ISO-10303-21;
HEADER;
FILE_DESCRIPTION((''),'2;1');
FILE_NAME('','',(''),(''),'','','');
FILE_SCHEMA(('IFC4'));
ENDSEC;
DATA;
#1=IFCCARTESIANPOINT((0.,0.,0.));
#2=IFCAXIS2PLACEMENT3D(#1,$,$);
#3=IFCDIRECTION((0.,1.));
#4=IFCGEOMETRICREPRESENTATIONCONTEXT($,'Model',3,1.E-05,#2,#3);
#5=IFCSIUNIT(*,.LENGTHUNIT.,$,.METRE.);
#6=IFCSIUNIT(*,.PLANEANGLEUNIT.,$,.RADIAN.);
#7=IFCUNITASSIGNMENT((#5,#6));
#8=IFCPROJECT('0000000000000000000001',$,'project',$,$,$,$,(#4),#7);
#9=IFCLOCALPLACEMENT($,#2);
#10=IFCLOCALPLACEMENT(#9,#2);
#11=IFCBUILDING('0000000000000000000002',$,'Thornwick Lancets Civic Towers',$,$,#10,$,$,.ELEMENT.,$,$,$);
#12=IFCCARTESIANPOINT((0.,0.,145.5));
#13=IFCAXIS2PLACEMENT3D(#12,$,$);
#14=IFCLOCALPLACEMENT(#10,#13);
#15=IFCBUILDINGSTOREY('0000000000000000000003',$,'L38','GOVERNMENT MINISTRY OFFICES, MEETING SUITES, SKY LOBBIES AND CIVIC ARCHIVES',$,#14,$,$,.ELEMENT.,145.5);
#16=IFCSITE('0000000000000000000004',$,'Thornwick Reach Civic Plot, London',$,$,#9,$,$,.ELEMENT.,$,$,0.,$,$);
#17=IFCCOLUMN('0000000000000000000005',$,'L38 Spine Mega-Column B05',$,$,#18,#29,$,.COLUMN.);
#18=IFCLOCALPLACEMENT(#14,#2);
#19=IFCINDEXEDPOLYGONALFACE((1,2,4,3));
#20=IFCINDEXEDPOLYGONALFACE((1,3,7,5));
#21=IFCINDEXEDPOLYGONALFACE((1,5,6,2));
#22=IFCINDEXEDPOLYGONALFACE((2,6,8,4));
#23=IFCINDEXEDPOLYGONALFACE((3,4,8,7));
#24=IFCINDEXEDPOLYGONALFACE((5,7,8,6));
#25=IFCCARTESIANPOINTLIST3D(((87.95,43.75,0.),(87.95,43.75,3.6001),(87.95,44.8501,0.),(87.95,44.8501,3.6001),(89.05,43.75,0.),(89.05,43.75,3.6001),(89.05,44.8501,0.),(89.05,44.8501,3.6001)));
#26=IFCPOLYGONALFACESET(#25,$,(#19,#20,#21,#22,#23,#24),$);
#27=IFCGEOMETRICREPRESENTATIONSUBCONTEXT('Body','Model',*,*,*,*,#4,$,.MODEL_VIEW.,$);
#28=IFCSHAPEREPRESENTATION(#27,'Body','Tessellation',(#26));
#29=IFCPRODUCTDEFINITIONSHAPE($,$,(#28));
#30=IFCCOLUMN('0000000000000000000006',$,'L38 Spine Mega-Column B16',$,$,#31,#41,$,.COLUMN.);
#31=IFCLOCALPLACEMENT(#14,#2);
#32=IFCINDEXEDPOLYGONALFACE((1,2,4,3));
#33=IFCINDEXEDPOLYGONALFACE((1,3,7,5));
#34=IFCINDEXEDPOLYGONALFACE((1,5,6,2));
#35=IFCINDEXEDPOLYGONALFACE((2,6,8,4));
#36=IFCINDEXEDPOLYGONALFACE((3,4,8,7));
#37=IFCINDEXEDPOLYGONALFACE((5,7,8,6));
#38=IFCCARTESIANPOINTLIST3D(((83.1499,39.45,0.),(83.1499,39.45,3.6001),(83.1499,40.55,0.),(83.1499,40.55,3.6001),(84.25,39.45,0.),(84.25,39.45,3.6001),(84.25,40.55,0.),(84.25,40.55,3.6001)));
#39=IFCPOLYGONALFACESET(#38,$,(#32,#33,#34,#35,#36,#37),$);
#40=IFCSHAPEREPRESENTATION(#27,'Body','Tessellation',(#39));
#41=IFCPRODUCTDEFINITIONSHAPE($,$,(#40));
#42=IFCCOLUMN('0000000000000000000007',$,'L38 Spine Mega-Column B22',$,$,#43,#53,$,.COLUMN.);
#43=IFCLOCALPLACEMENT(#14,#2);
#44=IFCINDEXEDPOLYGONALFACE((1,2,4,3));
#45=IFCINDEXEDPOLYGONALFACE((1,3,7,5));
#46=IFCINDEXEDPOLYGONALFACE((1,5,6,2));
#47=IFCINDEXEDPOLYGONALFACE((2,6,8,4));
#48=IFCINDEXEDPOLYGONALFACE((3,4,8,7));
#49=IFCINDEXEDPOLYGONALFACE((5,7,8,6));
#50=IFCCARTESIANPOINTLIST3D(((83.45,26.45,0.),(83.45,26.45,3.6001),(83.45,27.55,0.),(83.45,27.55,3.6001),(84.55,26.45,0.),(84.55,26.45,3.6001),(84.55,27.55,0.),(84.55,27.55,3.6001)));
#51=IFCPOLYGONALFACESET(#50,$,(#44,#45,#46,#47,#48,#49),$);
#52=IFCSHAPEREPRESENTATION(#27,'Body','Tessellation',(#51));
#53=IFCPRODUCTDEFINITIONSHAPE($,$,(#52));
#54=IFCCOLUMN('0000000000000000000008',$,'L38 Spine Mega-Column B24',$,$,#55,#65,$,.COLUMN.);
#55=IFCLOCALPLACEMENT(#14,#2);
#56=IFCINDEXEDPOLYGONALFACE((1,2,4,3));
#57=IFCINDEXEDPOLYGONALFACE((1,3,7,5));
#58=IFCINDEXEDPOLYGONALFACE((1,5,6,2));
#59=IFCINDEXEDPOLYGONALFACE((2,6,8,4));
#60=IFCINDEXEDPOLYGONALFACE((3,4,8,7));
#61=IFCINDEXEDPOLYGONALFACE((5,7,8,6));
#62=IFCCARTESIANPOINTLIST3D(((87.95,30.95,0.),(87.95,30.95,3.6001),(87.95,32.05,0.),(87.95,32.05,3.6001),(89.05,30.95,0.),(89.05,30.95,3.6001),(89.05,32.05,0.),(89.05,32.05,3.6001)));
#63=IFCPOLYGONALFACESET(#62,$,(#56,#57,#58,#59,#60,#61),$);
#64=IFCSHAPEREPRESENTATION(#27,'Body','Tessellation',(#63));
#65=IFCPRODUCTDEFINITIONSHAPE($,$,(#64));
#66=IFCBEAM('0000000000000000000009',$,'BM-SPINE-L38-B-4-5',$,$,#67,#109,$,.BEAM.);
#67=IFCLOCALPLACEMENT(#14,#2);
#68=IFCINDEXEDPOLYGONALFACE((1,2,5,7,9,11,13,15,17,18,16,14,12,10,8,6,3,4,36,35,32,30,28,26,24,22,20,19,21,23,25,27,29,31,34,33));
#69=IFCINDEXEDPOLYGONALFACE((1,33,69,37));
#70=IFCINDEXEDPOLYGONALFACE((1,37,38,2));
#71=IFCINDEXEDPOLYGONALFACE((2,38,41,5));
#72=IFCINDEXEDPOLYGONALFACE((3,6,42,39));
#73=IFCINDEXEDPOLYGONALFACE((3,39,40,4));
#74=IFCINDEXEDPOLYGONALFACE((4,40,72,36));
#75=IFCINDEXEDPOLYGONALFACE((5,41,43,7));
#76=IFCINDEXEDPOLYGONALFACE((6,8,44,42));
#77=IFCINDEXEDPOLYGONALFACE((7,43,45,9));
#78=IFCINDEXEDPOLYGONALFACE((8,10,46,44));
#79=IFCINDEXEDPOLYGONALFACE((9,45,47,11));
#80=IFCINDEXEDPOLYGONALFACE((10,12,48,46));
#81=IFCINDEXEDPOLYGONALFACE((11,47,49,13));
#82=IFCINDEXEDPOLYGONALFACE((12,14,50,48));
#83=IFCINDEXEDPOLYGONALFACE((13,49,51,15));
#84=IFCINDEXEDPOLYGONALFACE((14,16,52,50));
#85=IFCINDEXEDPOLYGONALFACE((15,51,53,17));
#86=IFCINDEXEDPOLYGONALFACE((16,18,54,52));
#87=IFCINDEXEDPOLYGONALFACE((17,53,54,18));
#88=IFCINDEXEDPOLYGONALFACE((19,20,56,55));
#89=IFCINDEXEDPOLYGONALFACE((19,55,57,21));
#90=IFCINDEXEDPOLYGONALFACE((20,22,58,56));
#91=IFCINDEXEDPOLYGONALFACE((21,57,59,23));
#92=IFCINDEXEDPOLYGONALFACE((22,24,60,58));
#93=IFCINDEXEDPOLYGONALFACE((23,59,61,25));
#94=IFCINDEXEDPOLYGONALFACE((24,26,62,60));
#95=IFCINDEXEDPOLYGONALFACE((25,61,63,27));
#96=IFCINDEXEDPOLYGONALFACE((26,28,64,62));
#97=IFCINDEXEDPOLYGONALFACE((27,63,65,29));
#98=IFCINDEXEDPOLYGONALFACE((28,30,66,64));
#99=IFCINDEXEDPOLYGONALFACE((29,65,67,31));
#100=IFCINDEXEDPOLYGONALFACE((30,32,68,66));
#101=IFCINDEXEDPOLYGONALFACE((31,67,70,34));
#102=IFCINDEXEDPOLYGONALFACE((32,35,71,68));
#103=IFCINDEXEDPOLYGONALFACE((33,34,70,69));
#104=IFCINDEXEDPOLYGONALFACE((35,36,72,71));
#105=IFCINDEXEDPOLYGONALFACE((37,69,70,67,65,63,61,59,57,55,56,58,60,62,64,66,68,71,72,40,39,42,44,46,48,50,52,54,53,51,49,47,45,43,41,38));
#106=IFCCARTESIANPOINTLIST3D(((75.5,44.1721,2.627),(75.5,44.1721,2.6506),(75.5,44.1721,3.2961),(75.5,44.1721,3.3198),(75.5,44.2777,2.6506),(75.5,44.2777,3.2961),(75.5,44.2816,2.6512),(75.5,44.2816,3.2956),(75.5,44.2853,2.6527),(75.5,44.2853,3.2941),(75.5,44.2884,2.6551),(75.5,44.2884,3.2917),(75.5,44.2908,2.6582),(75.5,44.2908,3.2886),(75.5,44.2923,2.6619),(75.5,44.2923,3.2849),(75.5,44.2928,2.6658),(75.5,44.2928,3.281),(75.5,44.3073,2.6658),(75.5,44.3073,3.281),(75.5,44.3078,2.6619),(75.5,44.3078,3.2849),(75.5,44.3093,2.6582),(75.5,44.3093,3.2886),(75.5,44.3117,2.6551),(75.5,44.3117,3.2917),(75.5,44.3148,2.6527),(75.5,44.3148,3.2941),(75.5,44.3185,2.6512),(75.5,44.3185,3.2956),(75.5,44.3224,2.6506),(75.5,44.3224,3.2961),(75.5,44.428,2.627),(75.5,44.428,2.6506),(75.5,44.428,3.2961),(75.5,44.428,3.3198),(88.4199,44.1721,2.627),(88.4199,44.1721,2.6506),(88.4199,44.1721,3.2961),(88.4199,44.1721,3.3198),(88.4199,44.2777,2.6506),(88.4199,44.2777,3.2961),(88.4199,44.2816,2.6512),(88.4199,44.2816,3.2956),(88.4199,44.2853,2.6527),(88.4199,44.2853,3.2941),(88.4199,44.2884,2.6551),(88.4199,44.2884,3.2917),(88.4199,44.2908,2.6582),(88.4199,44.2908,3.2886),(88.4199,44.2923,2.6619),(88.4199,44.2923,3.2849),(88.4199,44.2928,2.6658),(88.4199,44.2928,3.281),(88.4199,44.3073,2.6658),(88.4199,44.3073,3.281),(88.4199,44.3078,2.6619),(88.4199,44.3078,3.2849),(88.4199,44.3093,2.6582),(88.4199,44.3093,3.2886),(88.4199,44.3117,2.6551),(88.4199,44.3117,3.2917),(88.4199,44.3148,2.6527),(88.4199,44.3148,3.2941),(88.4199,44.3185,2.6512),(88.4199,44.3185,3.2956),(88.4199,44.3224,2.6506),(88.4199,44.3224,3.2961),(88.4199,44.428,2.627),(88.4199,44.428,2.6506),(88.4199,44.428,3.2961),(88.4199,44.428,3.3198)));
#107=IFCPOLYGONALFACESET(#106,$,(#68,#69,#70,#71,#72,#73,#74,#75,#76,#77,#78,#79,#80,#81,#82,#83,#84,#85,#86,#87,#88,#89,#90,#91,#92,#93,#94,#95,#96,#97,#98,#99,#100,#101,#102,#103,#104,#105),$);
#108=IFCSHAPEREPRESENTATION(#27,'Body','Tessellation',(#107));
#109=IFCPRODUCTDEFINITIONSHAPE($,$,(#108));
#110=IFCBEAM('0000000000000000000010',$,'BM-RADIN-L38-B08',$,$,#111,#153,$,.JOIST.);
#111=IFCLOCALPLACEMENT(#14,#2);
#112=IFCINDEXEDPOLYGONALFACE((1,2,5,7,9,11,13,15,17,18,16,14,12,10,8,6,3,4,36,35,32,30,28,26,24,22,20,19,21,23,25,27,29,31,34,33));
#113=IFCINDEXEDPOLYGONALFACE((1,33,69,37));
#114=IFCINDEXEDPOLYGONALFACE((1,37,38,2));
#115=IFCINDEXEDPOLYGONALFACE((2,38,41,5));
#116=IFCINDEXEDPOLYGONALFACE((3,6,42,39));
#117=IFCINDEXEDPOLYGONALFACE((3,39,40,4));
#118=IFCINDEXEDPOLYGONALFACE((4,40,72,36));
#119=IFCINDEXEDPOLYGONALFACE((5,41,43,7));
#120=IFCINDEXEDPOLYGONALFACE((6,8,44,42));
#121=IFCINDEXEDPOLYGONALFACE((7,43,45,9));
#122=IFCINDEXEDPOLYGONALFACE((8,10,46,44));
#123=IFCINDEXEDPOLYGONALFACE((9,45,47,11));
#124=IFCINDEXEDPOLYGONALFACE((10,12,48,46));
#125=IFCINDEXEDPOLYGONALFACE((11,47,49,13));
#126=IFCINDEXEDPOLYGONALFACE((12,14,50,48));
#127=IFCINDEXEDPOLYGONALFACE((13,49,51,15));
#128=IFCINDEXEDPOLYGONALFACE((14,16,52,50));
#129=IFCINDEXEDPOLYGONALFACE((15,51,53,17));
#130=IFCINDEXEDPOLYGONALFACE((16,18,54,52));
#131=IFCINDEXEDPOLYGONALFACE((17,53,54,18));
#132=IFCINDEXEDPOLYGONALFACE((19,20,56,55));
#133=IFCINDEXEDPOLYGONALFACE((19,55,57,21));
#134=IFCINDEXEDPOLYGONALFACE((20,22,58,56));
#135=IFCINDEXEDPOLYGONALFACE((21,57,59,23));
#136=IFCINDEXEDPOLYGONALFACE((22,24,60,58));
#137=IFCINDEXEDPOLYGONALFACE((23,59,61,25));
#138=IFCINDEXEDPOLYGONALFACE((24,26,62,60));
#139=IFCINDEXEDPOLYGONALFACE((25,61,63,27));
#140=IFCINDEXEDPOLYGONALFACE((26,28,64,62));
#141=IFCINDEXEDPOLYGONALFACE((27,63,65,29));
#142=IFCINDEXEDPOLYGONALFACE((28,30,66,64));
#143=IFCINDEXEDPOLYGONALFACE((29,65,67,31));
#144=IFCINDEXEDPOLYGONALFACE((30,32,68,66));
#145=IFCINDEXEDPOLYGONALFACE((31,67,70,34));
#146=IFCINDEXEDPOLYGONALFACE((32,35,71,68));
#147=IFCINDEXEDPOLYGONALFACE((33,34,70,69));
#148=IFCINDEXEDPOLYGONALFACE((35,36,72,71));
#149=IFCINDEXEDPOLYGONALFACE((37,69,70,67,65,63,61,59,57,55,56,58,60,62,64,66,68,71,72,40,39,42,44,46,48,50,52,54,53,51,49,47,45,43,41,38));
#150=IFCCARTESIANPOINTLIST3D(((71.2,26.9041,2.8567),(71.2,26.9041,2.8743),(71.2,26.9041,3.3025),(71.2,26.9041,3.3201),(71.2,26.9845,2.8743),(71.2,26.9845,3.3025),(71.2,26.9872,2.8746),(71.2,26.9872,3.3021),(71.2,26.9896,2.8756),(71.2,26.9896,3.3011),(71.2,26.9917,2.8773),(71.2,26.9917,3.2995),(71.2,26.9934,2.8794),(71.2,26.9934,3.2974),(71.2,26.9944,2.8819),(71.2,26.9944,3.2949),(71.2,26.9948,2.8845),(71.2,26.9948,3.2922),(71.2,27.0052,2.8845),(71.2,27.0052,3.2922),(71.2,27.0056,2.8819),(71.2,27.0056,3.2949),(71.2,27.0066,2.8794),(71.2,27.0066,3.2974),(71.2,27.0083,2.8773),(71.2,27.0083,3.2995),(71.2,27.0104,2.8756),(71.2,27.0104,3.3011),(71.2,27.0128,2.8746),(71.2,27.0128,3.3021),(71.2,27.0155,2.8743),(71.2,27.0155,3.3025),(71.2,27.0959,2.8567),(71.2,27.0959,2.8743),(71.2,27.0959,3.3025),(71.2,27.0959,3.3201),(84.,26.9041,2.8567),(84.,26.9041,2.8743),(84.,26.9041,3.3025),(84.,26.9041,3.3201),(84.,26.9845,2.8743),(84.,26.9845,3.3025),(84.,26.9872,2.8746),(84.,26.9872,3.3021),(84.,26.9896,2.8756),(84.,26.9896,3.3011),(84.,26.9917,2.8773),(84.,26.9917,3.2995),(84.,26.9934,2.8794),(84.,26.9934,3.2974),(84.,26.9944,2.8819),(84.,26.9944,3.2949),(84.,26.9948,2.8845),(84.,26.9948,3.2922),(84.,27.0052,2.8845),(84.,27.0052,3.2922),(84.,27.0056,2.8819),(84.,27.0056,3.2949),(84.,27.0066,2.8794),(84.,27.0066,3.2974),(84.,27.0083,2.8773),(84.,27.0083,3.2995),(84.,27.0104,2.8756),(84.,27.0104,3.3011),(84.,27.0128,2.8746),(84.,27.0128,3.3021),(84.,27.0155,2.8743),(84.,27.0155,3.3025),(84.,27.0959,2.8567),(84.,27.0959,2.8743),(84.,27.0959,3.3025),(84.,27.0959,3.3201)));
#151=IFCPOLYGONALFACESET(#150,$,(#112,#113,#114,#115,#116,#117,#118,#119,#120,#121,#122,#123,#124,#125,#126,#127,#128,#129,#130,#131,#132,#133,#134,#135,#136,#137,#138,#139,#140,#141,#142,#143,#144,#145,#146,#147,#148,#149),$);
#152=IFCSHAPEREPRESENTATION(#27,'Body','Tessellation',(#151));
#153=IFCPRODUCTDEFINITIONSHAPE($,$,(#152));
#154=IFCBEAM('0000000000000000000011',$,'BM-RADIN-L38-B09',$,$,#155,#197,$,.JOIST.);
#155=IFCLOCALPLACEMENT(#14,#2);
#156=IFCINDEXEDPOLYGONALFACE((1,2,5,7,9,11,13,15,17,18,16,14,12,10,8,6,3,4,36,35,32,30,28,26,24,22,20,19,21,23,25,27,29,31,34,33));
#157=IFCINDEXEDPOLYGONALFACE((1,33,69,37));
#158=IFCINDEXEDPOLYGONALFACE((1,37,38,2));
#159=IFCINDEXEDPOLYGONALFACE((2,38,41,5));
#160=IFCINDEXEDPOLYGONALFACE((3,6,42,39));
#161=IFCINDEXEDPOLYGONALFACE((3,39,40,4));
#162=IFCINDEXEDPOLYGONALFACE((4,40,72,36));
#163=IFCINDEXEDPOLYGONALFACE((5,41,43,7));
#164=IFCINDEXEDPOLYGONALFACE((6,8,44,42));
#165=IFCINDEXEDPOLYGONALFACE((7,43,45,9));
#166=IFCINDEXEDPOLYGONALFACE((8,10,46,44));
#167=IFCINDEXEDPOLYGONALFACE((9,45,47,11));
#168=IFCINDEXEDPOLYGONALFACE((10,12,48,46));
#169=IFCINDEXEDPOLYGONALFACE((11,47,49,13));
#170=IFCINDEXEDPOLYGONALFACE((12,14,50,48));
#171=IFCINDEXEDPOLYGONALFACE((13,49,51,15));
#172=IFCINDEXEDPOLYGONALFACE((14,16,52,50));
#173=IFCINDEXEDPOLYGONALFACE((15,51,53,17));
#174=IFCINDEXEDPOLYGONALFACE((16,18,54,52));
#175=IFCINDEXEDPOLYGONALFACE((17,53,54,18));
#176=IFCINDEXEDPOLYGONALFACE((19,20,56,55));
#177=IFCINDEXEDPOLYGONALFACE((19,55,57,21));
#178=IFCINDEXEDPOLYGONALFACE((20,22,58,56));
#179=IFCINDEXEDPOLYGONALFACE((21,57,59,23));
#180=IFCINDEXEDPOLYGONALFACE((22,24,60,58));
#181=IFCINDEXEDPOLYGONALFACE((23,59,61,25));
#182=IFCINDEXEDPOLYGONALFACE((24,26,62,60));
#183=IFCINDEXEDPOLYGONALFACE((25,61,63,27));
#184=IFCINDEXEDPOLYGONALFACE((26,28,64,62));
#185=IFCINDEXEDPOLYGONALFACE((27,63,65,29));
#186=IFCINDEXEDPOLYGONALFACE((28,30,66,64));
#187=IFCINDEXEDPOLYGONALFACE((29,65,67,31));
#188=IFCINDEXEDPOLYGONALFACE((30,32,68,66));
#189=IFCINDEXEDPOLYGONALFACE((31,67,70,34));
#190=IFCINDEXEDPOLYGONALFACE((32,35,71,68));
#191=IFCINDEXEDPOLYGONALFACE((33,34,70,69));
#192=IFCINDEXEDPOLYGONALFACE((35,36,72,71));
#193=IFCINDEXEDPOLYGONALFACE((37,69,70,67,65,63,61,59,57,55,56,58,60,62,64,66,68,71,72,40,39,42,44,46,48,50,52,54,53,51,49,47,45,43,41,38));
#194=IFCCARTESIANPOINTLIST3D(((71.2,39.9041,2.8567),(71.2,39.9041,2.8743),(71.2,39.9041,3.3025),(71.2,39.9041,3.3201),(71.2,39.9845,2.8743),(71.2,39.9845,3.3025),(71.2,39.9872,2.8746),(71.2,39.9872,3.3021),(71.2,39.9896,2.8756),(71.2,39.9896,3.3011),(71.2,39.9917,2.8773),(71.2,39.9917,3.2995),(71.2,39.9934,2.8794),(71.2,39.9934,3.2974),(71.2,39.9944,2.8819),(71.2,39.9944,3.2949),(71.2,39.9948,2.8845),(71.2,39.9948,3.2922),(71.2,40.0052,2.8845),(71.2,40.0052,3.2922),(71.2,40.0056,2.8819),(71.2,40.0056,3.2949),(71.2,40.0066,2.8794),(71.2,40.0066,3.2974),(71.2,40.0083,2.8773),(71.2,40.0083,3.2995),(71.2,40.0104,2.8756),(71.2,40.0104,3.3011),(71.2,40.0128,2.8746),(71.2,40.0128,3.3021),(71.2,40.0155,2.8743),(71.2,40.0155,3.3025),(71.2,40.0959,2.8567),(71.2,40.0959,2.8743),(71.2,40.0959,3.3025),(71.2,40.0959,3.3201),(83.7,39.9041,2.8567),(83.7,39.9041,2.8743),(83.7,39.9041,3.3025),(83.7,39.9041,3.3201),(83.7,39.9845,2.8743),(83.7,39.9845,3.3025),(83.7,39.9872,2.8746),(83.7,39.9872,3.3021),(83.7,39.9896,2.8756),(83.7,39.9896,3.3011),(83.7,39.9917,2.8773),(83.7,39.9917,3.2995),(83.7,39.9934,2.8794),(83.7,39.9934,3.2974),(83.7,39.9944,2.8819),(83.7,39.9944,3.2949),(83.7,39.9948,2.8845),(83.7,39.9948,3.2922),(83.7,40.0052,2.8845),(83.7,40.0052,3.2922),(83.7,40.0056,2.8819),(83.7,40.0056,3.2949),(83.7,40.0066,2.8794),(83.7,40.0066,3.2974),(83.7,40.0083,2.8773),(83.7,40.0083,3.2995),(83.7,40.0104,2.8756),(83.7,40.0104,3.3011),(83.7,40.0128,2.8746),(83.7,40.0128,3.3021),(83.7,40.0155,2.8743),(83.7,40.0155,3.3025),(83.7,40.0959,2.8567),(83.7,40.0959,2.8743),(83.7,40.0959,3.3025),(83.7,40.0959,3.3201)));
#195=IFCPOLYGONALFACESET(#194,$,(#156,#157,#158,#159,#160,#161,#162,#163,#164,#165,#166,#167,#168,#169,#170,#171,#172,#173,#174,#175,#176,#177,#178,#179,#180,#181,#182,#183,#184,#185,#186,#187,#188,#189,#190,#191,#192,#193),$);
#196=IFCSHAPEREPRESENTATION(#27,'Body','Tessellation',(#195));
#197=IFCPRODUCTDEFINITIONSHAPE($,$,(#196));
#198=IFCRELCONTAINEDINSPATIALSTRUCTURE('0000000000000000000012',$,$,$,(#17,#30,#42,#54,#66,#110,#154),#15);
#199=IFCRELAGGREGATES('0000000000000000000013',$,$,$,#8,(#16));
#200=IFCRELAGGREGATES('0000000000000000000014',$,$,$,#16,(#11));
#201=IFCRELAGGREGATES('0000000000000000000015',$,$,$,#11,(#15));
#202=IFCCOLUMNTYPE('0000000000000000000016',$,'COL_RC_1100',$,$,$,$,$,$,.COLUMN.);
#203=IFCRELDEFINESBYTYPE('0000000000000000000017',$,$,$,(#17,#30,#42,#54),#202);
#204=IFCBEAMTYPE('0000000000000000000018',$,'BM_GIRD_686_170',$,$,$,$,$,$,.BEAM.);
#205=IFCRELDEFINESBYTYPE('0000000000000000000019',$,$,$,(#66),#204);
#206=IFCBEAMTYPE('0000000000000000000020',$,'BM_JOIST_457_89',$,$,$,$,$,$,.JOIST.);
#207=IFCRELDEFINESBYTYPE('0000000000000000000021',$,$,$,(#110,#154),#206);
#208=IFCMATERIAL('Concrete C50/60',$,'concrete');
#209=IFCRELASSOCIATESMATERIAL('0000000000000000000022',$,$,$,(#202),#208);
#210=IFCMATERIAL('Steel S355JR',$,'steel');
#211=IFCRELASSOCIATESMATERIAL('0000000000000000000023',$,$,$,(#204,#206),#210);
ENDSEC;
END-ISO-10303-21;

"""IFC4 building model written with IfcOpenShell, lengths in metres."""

from ifc_helpers import new_model, si_unit, direction, frame, origin, origin_2d, place, context, subcontext, project, spatial, rectangle, i_section, extrude, material, material_profile, profile_set, type_object, element, save


model = new_model("IFC4")

# Units and contexts
model_context = context("Model", 3, precision=1e-05, world=origin(), true_north=direction((0.0, 1.0)))
body_context = subcontext(model_context, "Body", "Model", "MODEL_VIEW")
ifc_project = project(units=[si_unit("LENGTHUNIT", "METRE"), si_unit("PLANEANGLEUNIT", "RADIAN")], contexts=[model_context])

# Site, building, storey
site_placement = place(None, origin())
site = spatial("IfcSite", under=ifc_project, at=site_placement, Name="Thornwick Reach Civic Plot, London", CompositionType="ELEMENT", RefElevation=0.0)
building_placement = place(site_placement, origin())
building = spatial("IfcBuilding", under=site, at=building_placement, Name="Thornwick Lancets Civic Towers", CompositionType="ELEMENT")
storey_placement = place(building_placement, frame((0.0, 0.0, 145.5)))
storey = spatial("IfcBuildingStorey", under=building, at=storey_placement, Name="L38", Description="GOVERNMENT MINISTRY OFFICES, MEETING SUITES, SKY LOBBIES AND CIVIC ARCHIVES", CompositionType="ELEMENT", Elevation=145.5)

# Columns
ifc_material_1 = material(Name="Concrete C50/60", Category="concrete")
ifc_material_profile_1 = material_profile(ifc_material_1, rectangle(XDim=1.1001, YDim=1.1001, at=origin_2d()), Name="RC 1100x1100")
ifc_profile_set_1 = profile_set([ifc_material_profile_1], Name="Concrete C50/60")
column_type = type_object("IfcColumnType", Name="COL_RC_1100", PredefinedType="COLUMN", material=ifc_profile_set_1)
for number, where, z_axis, x_axis, name in (
    (1, (88.5, 44.3, 0.0), (0.0, 0.0, 1.0), (1.0, 0.0, 0.0), "L38 Spine Mega-Column B05"),
    (2, (83.7, 40.0, 0.0), (0.0, 0.0, 1.0), (1.0, 0.0, 0.0), "L38 Spine Mega-Column B16"),
    (3, (84.0, 27.0, 0.0), (0.0, 0.0, 1.0), (1.0, 0.0, 0.0), "L38 Spine Mega-Column B22"),
    (4, (88.5, 31.5, 0.0), (0.0, 0.0, 1.0), (1.0, 0.0, 0.0), "L38 Spine Mega-Column B24"),
):
    element("IfcColumn", number, at=place(storey_placement, frame(where, z_axis=z_axis, x_axis=x_axis)), inside=storey, type_object=column_type, Name=name, PredefinedType="COLUMN", context=body_context, shape_type="SweptSolid", body=[
        extrude(rectangle(XDim=1.1001, YDim=1.1001, at=origin_2d()), origin(), (0.0, 0.0, 1.0), 3.6001),
    ])

# Beams
ifc_material_2 = material(Name="Steel S355JR", Category="steel")
ifc_material_profile_2 = material_profile(ifc_material_2, i_section(OverallWidth=0.2559, OverallDepth=0.6929, WebThickness=0.0144, FlangeThickness=0.0237, FilletRadius=0.0151, at=origin_2d()), Name="UKB 686x254x170")
ifc_profile_set_2 = profile_set([ifc_material_profile_2], Name="Steel S355JR")
beam_type_1 = type_object("IfcBeamType", Name="BM_GIRD_686_170", PredefinedType="BEAM", material=ifc_profile_set_2)
beam_1_placement = place(storey_placement, frame((88.4199, 44.3, 2.9734), z_axis=(-1.0, 0.0, 0.0), x_axis=(0.0, -1.0, 0.0)))
element("IfcBeam", 5, at=beam_1_placement, inside=storey, type_object=beam_type_1, Name="BM-SPINE-L38-B-4-5", PredefinedType="BEAM", context=body_context, shape_type="SweptSolid", body=[
    extrude(i_section(OverallWidth=0.2559, OverallDepth=0.6929, WebThickness=0.0144, FlangeThickness=0.0237, FilletRadius=0.0151, at=origin_2d()), origin(), (0.0, 0.0, 1.0), 12.9199),
])
ifc_material_profile_3 = material_profile(ifc_material_2, i_section(OverallWidth=0.1919, OverallDepth=0.4634, WebThickness=0.0105, FlangeThickness=0.0176, FilletRadius=0.0103, at=origin_2d()), Name="UKB 457x191x89")
ifc_profile_set_3 = profile_set([ifc_material_profile_3], Name="Steel S355JR")
beam_type_2 = type_object("IfcBeamType", Name="BM_JOIST_457_89", PredefinedType="JOIST", material=ifc_profile_set_3)
beam_2_placement = place(storey_placement, frame((84.0, 27.0, 3.0884), z_axis=(-1.0, 0.0, 0.0), x_axis=(0.0, -1.0, 0.0)))
element("IfcBeam", 6, at=beam_2_placement, inside=storey, type_object=beam_type_2, Name="BM-RADIN-L38-B08", PredefinedType="JOIST", context=body_context, shape_type="SweptSolid", body=[
    extrude(i_section(OverallWidth=0.1919, OverallDepth=0.4634, WebThickness=0.0105, FlangeThickness=0.0176, FilletRadius=0.0103, at=origin_2d()), origin(), (0.0, 0.0, 1.0), 12.8),
])
beam_3_placement = place(storey_placement, frame((83.7, 40.0, 3.0884), z_axis=(-1.0, 0.0, 0.0), x_axis=(0.0, -1.0, 0.0)))
element("IfcBeam", 7, at=beam_3_placement, inside=storey, type_object=beam_type_2, Name="BM-RADIN-L38-B09", PredefinedType="JOIST", context=body_context, shape_type="SweptSolid", body=[
    extrude(i_section(OverallWidth=0.1919, OverallDepth=0.4634, WebThickness=0.0105, FlangeThickness=0.0176, FilletRadius=0.0103, at=origin_2d()), origin(), (0.0, 0.0, 1.0), 12.5),
])

save(model, "model.ifc")
